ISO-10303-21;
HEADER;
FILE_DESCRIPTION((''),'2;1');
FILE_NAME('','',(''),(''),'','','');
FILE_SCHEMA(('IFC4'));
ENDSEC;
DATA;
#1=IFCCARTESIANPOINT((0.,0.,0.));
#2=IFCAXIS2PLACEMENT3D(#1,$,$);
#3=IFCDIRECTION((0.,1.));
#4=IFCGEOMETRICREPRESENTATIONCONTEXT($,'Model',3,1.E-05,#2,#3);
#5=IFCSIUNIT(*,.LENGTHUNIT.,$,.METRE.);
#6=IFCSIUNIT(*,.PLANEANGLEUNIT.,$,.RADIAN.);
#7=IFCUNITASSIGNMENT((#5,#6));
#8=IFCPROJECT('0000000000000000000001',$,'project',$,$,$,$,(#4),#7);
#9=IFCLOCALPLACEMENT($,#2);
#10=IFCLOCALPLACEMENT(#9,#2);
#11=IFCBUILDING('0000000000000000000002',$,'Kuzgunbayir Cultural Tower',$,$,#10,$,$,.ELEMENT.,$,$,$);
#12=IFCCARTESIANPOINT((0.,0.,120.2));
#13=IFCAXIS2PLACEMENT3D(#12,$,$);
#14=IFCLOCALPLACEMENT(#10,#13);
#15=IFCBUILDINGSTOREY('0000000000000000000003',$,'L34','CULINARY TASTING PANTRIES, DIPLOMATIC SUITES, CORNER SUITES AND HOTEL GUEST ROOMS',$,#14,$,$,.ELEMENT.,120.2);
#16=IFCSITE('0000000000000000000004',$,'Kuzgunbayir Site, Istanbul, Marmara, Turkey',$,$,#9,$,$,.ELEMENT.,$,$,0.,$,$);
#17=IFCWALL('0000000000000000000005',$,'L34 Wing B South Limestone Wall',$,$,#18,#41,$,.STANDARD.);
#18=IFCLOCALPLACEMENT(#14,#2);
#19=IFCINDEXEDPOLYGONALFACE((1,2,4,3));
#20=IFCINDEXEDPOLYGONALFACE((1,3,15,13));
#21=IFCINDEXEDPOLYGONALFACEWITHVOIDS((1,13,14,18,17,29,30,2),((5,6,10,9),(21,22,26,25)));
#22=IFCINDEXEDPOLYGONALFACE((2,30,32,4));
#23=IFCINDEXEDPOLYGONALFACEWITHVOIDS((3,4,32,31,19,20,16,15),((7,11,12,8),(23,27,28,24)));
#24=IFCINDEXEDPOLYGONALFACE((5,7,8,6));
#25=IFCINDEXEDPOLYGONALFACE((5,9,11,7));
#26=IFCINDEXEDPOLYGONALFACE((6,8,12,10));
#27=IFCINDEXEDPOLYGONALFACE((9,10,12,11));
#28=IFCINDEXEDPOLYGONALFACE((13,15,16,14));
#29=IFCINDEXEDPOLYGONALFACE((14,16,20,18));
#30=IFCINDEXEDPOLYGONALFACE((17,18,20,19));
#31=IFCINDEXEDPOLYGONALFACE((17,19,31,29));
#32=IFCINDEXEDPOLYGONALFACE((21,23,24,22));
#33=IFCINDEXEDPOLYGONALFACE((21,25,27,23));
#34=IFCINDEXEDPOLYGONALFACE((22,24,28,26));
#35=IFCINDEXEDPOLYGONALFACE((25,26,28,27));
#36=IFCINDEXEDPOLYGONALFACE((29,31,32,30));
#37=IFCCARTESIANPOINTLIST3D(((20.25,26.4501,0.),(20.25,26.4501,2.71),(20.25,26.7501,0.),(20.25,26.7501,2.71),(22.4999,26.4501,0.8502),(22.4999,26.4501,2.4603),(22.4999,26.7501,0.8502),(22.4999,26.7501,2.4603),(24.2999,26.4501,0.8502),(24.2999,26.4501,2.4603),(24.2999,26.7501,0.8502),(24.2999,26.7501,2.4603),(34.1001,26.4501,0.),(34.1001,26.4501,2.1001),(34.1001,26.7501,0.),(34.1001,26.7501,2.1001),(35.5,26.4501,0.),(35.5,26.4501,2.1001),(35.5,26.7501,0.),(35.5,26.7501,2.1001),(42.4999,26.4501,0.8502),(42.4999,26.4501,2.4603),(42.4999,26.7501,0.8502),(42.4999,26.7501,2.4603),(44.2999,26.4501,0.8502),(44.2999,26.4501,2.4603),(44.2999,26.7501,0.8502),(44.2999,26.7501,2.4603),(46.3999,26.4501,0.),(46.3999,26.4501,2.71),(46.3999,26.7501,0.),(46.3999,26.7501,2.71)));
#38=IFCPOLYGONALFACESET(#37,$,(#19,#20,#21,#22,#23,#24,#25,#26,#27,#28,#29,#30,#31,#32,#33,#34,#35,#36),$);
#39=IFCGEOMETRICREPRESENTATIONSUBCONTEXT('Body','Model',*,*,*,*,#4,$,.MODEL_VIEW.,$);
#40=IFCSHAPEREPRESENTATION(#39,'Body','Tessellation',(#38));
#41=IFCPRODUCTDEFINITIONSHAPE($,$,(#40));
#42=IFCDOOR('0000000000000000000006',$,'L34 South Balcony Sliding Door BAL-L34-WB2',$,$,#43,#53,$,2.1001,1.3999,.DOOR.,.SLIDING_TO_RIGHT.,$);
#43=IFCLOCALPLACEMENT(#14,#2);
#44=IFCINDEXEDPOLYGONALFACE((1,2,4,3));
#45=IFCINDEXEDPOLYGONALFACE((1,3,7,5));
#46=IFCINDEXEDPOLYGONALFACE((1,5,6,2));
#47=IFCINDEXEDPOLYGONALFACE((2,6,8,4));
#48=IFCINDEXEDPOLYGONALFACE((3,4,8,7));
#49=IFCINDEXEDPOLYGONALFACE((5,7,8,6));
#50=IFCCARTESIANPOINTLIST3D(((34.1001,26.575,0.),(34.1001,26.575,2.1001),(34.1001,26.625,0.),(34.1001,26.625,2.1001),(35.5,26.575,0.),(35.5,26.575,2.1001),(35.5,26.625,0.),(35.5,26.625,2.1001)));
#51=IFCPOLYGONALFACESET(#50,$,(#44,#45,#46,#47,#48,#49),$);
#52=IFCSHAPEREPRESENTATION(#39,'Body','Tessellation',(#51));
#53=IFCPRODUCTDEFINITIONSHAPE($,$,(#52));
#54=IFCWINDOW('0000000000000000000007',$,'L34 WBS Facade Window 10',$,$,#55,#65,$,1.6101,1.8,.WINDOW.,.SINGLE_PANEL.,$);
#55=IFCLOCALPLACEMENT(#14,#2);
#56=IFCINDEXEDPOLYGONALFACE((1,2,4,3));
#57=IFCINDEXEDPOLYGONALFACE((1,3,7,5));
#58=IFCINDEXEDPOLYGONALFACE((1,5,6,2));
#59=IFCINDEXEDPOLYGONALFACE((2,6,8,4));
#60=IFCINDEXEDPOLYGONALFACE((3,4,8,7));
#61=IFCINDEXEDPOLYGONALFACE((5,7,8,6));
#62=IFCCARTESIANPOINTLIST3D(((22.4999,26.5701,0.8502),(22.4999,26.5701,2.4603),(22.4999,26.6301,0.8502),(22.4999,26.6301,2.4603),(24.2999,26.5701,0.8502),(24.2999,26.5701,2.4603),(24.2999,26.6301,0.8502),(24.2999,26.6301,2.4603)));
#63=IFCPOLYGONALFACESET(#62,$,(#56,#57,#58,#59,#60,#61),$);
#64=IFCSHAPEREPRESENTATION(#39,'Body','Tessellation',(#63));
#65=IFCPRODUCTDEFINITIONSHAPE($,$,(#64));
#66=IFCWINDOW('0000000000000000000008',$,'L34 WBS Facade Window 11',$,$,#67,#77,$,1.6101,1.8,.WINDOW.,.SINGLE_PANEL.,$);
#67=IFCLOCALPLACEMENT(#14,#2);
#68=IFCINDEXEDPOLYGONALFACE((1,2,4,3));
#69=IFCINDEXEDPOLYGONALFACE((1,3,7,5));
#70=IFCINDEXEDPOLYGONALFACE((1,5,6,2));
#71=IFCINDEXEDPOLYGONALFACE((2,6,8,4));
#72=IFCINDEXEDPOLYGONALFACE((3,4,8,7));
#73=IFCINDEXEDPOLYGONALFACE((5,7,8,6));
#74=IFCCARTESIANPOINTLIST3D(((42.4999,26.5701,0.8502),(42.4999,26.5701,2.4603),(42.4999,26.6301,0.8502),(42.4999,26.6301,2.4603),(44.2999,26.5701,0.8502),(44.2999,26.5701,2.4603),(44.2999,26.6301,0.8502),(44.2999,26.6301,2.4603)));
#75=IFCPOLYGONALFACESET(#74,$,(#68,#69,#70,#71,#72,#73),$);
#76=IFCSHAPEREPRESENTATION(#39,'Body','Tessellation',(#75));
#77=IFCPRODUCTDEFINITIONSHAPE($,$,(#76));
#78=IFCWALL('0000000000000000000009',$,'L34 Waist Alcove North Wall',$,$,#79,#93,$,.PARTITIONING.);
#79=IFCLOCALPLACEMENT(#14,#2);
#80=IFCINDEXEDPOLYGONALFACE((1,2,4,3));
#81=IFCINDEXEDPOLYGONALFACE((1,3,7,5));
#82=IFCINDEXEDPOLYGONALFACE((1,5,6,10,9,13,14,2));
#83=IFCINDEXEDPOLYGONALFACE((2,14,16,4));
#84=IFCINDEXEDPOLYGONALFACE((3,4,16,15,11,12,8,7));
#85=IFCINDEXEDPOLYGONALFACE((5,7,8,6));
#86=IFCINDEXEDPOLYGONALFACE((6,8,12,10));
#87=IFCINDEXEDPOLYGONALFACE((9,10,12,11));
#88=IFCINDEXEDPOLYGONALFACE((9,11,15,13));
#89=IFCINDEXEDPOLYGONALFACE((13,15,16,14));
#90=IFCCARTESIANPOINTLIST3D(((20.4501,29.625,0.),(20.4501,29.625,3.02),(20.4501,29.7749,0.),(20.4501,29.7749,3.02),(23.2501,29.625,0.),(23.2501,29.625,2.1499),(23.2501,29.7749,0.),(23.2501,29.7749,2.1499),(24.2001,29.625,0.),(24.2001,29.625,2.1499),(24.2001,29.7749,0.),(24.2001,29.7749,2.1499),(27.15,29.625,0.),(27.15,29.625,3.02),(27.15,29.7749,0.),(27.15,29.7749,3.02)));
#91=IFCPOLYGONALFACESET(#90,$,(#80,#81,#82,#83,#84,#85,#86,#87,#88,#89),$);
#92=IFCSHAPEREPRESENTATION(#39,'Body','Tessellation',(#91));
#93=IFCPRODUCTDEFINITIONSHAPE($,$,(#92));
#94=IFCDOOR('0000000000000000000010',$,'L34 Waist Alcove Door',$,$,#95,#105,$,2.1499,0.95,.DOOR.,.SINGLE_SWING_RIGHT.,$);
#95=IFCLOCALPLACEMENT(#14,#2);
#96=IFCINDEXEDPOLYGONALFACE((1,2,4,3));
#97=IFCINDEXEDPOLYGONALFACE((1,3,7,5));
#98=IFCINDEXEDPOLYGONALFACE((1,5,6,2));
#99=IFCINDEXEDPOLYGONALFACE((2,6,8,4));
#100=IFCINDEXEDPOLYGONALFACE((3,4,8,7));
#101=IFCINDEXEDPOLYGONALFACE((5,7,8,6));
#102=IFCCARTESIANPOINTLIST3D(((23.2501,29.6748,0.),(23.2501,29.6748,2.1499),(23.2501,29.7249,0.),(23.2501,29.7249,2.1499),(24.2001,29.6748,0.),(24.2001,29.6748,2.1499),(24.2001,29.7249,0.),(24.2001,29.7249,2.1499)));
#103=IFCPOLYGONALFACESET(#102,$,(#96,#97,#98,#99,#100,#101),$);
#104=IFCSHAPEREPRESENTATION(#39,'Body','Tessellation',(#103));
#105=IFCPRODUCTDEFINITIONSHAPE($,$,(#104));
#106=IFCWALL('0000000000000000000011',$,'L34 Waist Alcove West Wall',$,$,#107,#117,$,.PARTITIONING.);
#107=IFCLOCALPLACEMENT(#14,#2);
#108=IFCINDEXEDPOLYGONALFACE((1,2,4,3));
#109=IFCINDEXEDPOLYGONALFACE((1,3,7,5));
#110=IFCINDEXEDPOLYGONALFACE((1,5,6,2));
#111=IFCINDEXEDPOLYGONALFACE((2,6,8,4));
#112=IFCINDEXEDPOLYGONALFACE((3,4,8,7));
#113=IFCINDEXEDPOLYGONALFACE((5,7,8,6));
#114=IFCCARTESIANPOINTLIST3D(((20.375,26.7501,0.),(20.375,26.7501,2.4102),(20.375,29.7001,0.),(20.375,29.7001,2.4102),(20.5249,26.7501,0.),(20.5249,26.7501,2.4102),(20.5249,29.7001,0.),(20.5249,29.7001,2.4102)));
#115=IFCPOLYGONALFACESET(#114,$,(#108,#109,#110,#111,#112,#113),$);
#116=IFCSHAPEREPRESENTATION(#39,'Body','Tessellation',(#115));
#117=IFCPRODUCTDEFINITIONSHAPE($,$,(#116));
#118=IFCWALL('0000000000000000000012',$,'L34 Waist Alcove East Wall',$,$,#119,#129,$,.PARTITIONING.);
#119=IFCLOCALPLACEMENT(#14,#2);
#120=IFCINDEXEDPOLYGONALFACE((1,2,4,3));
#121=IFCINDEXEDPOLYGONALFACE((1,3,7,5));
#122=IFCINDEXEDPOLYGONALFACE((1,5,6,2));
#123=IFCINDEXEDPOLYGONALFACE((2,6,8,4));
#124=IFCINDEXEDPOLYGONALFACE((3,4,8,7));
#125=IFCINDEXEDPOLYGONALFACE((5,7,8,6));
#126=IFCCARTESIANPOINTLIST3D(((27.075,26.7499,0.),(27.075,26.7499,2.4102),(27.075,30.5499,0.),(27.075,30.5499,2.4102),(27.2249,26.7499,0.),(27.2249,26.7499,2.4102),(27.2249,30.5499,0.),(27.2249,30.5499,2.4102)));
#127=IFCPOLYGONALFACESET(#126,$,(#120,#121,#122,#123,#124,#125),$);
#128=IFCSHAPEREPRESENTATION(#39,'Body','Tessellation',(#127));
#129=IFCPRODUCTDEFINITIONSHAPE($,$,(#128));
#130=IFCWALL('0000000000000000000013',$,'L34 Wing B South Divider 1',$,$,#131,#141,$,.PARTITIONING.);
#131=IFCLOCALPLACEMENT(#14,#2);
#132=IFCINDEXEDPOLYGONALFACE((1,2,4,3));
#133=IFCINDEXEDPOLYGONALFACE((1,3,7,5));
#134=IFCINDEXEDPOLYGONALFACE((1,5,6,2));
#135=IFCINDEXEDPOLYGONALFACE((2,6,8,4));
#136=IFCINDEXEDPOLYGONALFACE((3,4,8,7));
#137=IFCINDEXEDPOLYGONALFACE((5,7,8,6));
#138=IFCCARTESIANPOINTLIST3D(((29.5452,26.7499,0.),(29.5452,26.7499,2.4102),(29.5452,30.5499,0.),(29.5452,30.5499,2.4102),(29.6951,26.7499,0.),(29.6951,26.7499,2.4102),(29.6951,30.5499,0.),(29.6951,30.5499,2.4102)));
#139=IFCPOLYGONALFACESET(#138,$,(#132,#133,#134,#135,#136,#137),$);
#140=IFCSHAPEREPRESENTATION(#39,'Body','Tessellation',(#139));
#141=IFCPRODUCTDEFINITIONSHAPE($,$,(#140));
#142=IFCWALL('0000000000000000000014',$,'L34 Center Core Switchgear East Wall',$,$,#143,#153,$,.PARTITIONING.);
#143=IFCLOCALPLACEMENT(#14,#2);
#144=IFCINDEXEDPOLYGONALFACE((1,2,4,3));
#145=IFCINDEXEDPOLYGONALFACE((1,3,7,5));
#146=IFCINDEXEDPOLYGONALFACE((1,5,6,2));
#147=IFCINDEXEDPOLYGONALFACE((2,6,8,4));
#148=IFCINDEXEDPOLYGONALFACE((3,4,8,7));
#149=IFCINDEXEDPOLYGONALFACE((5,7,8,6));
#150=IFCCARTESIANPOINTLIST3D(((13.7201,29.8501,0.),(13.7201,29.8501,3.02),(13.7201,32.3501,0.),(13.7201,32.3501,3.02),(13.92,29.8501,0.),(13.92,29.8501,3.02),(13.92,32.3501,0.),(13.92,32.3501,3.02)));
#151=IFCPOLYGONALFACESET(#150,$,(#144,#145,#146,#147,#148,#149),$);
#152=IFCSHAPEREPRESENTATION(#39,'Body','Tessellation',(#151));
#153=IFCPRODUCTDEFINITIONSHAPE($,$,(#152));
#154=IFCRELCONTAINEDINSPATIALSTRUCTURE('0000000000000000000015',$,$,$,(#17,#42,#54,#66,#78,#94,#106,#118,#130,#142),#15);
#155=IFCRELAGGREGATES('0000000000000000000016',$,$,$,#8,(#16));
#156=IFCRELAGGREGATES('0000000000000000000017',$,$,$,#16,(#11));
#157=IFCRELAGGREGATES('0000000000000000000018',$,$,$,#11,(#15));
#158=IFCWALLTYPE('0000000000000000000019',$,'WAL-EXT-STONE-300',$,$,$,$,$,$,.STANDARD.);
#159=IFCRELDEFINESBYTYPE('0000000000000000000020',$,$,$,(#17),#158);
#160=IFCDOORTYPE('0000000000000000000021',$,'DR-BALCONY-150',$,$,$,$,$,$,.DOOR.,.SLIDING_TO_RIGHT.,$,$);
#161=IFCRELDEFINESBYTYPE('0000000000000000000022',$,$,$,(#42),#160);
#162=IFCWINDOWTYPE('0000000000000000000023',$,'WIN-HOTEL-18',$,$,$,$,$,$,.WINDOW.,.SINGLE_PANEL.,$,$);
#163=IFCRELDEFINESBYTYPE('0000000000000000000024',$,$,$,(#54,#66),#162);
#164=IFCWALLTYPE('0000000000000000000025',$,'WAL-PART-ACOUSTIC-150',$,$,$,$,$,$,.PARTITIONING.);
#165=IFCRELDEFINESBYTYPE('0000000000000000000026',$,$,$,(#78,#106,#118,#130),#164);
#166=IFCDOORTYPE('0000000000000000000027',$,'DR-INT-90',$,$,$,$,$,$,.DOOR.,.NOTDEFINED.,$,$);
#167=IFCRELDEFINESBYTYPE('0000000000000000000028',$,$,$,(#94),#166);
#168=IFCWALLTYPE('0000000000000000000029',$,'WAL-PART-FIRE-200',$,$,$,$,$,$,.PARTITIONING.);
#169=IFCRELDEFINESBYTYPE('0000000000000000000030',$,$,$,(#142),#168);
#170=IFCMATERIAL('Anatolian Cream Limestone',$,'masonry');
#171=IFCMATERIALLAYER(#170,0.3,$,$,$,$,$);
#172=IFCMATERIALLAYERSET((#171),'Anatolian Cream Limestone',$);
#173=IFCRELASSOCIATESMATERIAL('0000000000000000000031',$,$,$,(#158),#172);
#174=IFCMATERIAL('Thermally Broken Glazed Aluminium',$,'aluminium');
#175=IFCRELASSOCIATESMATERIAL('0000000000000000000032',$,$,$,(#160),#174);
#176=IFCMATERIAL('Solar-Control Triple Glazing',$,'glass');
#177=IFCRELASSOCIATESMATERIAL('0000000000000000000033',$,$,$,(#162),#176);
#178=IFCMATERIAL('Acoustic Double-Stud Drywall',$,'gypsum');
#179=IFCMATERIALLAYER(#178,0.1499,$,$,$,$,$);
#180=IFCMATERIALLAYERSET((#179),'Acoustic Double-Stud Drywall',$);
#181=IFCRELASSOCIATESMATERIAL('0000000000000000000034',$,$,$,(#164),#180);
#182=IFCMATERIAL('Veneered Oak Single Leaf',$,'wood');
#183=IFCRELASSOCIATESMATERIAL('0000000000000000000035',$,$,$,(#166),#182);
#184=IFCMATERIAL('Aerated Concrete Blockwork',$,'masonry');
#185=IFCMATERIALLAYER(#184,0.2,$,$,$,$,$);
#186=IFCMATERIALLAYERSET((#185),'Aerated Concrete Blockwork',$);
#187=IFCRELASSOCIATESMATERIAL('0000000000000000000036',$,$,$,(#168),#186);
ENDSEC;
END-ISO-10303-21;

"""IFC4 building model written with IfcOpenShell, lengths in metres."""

from ifc_helpers import new_model, si_unit, direction, frame, frame_2d, origin, place, context, subcontext, project, spatial, rectangle, extrude, material, layer, layer_set, type_object, element, fill, save


model = new_model("IFC4")

# Units and contexts
model_context = context("Model", 3, precision=1e-05, world=origin(), true_north=direction((0.0, 1.0)))
body_context = subcontext(model_context, "Body", "Model", "MODEL_VIEW")
ifc_project = project(units=[si_unit("LENGTHUNIT", "METRE"), si_unit("PLANEANGLEUNIT", "RADIAN")], contexts=[model_context])

# Site, building, storey
site_placement = place(None, origin())
site = spatial("IfcSite", under=ifc_project, at=site_placement, Name="Kuzgunbayir Site, Istanbul, Marmara, Turkey", CompositionType="ELEMENT", RefElevation=0.0)
building_placement = place(site_placement, origin())
building = spatial("IfcBuilding", under=site, at=building_placement, Name="Kuzgunbayir Cultural Tower", CompositionType="ELEMENT")
storey_placement = place(building_placement, frame((0.0, 0.0, 120.2)))
storey = spatial("IfcBuildingStorey", under=building, at=storey_placement, Name="L34", Description="CULINARY TASTING PANTRIES, DIPLOMATIC SUITES, CORNER SUITES AND HOTEL GUEST ROOMS", CompositionType="ELEMENT", Elevation=120.2)

# Wall, openings, door, windows
ifc_material_1 = material(Name="Anatolian Cream Limestone", Category="masonry")
ifc_layer_1 = layer(ifc_material_1, 0.3)
ifc_layer_set_1 = layer_set([ifc_layer_1], Name="Anatolian Cream Limestone")
wall_type_1 = type_object("IfcWallType", Name="WAL-EXT-STONE-300", PredefinedType="STANDARD", material=ifc_layer_set_1)
wall_1_placement = place(storey_placement, frame((20.25, 26.6001, 0.0), z_axis=(0.0, 0.0, 1.0), x_axis=(1.0, 0.0, 0.0)))
wall_1 = element("IfcWall", 1, at=wall_1_placement, inside=storey, type_object=wall_type_1, Name="L34 Wing B South Limestone Wall", PredefinedType="STANDARD", context=body_context, shape_type="SweptSolid", body=[
    extrude(rectangle(XDim=26.1499, YDim=0.3, at=frame_2d((13.075, 0.0))), origin(), (0.0, 0.0, 1.0), 2.71),
])
opening_1_placement = place(wall_1_placement, frame((13.8501, 0.0, 0.0)))
opening_1 = element("IfcOpeningElement", 2, at=opening_1_placement, cuts=wall_1, PredefinedType="OPENING", context=body_context, shape_type="SweptSolid", body=[
    extrude(rectangle(XDim=1.3999, YDim=2.1001, at=frame_2d((0.7, 1.05))), frame((0.0, 0.1602, 0.0), z_axis=(0.0, -1.0, 0.0), x_axis=(1.0, 0.0, 0.0)), (0.0, 0.0, 1.0), 0.3201),
])
opening_2_placement = place(wall_1_placement, frame((2.25, 0.0, 0.8501)))
opening_2 = element("IfcOpeningElement", 3, at=opening_2_placement, cuts=wall_1, PredefinedType="OPENING", context=body_context, shape_type="SweptSolid", body=[
    extrude(rectangle(XDim=1.8, YDim=1.6101, at=frame_2d((0.8999, 0.8052))), frame((0.0, 0.1602, 0.0), z_axis=(0.0, -1.0, 0.0), x_axis=(1.0, 0.0, 0.0)), (0.0, 0.0, 1.0), 0.3201),
])
opening_3_placement = place(wall_1_placement, frame((22.25, 0.0, 0.8501)))
opening_3 = element("IfcOpeningElement", 4, at=opening_3_placement, cuts=wall_1, PredefinedType="OPENING", context=body_context, shape_type="SweptSolid", body=[
    extrude(rectangle(XDim=1.8, YDim=1.6101, at=frame_2d((0.8999, 0.8052))), frame((0.0, 0.1602, 0.0), z_axis=(0.0, -1.0, 0.0), x_axis=(1.0, 0.0, 0.0)), (0.0, 0.0, 1.0), 0.3201),
])
ifc_material_2 = material(Name="Thermally Broken Glazed Aluminium", Category="aluminium")
door_type_1 = type_object("IfcDoorType", Name="DR-BALCONY-150", OperationType="SLIDING_TO_RIGHT", PredefinedType="DOOR", material=ifc_material_2)
door_1_placement = place(opening_1_placement, origin())
door_1 = element("IfcDoor", 5, at=door_1_placement, inside=storey, type_object=door_type_1, Name="L34 South Balcony Sliding Door BAL-L34-WB2", OperationType="SLIDING_TO_RIGHT", OverallHeight=2.1001, OverallWidth=1.3999, PredefinedType="DOOR", context=body_context, shape_type="SweptSolid", body=[
    extrude(rectangle(XDim=1.3999, YDim=2.1001, at=frame_2d((0.7, 1.05))), frame((0.0, 0.0249, 0.0), z_axis=(0.0, -1.0, 0.0), x_axis=(1.0, 0.0, 0.0)), (0.0, 0.0, 1.0), 0.05),
])
fill(opening_1, door_1)
ifc_material_3 = material(Name="Solar-Control Triple Glazing", Category="glass")
window_type = type_object("IfcWindowType", Name="WIN-HOTEL-18", PartitioningType="SINGLE_PANEL", PredefinedType="WINDOW", material=ifc_material_3)
window_1_placement = place(opening_2_placement, origin())
window_1 = element("IfcWindow", 6, at=window_1_placement, inside=storey, type_object=window_type, Name="L34 WBS Facade Window 10", OverallHeight=1.6101, OverallWidth=1.8, PartitioningType="SINGLE_PANEL", PredefinedType="WINDOW", context=body_context, shape_type="SweptSolid", body=[
    extrude(rectangle(XDim=1.8, YDim=1.6101, at=frame_2d((0.8999, 0.8052))), frame((0.0, 0.03, 0.0), z_axis=(0.0, -1.0, 0.0), x_axis=(1.0, 0.0, 0.0)), (0.0, 0.0, 1.0), 0.0601),
])
fill(opening_2, window_1)
window_2_placement = place(opening_3_placement, origin())
window_2 = element("IfcWindow", 7, at=window_2_placement, inside=storey, type_object=window_type, Name="L34 WBS Facade Window 11", OverallHeight=1.6101, OverallWidth=1.8, PartitioningType="SINGLE_PANEL", PredefinedType="WINDOW", context=body_context, shape_type="SweptSolid", body=[
    extrude(rectangle(XDim=1.8, YDim=1.6101, at=frame_2d((0.8999, 0.8052))), frame((0.0, 0.03, 0.0), z_axis=(0.0, -1.0, 0.0), x_axis=(1.0, 0.0, 0.0)), (0.0, 0.0, 1.0), 0.0601),
])
fill(opening_3, window_2)

# Wall, opening, door
ifc_material_4 = material(Name="Acoustic Double-Stud Drywall", Category="gypsum")
ifc_layer_2 = layer(ifc_material_4, 0.1499)
ifc_layer_set_2 = layer_set([ifc_layer_2], Name="Acoustic Double-Stud Drywall")
wall_type_2 = type_object("IfcWallType", Name="WAL-PART-ACOUSTIC-150", PredefinedType="PARTITIONING", material=ifc_layer_set_2)
wall_2_placement = place(storey_placement, frame((20.45, 29.7, 0.0), z_axis=(0.0, 0.0, 1.0), x_axis=(1.0, 0.0, 0.0)))
wall_2 = element("IfcWall", 8, at=wall_2_placement, inside=storey, type_object=wall_type_2, Name="L34 Waist Alcove North Wall", PredefinedType="PARTITIONING", context=body_context, shape_type="SweptSolid", body=[
    extrude(rectangle(XDim=6.7, YDim=0.1499, at=frame_2d((3.3501, 0.0))), origin(), (0.0, 0.0, 1.0), 3.02),
])
opening_4_placement = place(wall_2_placement, frame((2.8, 0.0, 0.0)))
opening_4 = element("IfcOpeningElement", 9, at=opening_4_placement, cuts=wall_2, PredefinedType="OPENING", context=body_context, shape_type="SweptSolid", body=[
    extrude(rectangle(XDim=0.95, YDim=2.1499, at=frame_2d((0.4751, 1.075))), frame((0.0, 0.085, 0.0), z_axis=(0.0, -1.0, 0.0), x_axis=(1.0, 0.0, 0.0)), (0.0, 0.0, 1.0), 0.1699),
])
ifc_material_5 = material(Name="Veneered Oak Single Leaf", Category="wood")
door_type_2 = type_object("IfcDoorType", Name="DR-INT-90", OperationType="NOTDEFINED", PredefinedType="DOOR", material=ifc_material_5)
door_2_placement = place(opening_4_placement, origin())
door_2 = element("IfcDoor", 10, at=door_2_placement, inside=storey, type_object=door_type_2, Name="L34 Waist Alcove Door", OperationType="SINGLE_SWING_RIGHT", OverallHeight=2.1499, OverallWidth=0.95, PredefinedType="DOOR", context=body_context, shape_type="SweptSolid", body=[
    extrude(rectangle(XDim=0.95, YDim=2.1499, at=frame_2d((0.4751, 1.075))), frame((0.0, 0.0249, 0.0), z_axis=(0.0, -1.0, 0.0), x_axis=(1.0, 0.0, 0.0)), (0.0, 0.0, 1.0), 0.05),
])
fill(opening_4, door_2)

# Walls
wall_3_placement = place(storey_placement, frame((20.45, 26.75, 0.0), z_axis=(0.0, 0.0, 1.0), x_axis=(0.0, 1.0, 0.0)))
element("IfcWall", 11, at=wall_3_placement, inside=storey, type_object=wall_type_2, Name="L34 Waist Alcove West Wall", PredefinedType="PARTITIONING", context=body_context, shape_type="SweptSolid", body=[
    extrude(rectangle(XDim=2.95, YDim=0.1499, at=frame_2d((1.4751, 0.0))), origin(), (0.0, 0.0, 1.0), 2.4102),
])
for number, where, z_axis, x_axis, name in (
    (12, (27.1499, 26.75, 0.0), (0.0, 0.0, 1.0), (0.0, 1.0, 0.0), "L34 Waist Alcove East Wall"),
    (13, (29.6201, 26.75, 0.0), (0.0, 0.0, 1.0), (0.0, 1.0, 0.0), "L34 Wing B South Divider 1"),
):
    element("IfcWall", number, at=place(storey_placement, frame(where, z_axis=z_axis, x_axis=x_axis)), inside=storey, type_object=wall_type_2, Name=name, PredefinedType="PARTITIONING", context=body_context, shape_type="SweptSolid", body=[
        extrude(rectangle(XDim=3.8, YDim=0.1499, at=frame_2d((1.8999, 0.0))), origin(), (0.0, 0.0, 1.0), 2.4102),
    ])
ifc_material_6 = material(Name="Aerated Concrete Blockwork", Category="masonry")
ifc_layer_3 = layer(ifc_material_6, 0.2)
ifc_layer_set_3 = layer_set([ifc_layer_3], Name="Aerated Concrete Blockwork")
wall_type_3 = type_object("IfcWallType", Name="WAL-PART-FIRE-200", PredefinedType="PARTITIONING", material=ifc_layer_set_3)
wall_4_placement = place(storey_placement, frame((13.8201, 29.8501, 0.0), z_axis=(0.0, 0.0, 1.0), x_axis=(0.0, 1.0, 0.0)))
element("IfcWall", 14, at=wall_4_placement, inside=storey, type_object=wall_type_3, Name="L34 Center Core Switchgear East Wall", PredefinedType="PARTITIONING", context=body_context, shape_type="SweptSolid", body=[
    extrude(rectangle(XDim=2.5, YDim=0.2, at=frame_2d((1.25, 0.0))), origin(), (0.0, 0.0, 1.0), 3.02),
])

save(model, "model.ifc")
